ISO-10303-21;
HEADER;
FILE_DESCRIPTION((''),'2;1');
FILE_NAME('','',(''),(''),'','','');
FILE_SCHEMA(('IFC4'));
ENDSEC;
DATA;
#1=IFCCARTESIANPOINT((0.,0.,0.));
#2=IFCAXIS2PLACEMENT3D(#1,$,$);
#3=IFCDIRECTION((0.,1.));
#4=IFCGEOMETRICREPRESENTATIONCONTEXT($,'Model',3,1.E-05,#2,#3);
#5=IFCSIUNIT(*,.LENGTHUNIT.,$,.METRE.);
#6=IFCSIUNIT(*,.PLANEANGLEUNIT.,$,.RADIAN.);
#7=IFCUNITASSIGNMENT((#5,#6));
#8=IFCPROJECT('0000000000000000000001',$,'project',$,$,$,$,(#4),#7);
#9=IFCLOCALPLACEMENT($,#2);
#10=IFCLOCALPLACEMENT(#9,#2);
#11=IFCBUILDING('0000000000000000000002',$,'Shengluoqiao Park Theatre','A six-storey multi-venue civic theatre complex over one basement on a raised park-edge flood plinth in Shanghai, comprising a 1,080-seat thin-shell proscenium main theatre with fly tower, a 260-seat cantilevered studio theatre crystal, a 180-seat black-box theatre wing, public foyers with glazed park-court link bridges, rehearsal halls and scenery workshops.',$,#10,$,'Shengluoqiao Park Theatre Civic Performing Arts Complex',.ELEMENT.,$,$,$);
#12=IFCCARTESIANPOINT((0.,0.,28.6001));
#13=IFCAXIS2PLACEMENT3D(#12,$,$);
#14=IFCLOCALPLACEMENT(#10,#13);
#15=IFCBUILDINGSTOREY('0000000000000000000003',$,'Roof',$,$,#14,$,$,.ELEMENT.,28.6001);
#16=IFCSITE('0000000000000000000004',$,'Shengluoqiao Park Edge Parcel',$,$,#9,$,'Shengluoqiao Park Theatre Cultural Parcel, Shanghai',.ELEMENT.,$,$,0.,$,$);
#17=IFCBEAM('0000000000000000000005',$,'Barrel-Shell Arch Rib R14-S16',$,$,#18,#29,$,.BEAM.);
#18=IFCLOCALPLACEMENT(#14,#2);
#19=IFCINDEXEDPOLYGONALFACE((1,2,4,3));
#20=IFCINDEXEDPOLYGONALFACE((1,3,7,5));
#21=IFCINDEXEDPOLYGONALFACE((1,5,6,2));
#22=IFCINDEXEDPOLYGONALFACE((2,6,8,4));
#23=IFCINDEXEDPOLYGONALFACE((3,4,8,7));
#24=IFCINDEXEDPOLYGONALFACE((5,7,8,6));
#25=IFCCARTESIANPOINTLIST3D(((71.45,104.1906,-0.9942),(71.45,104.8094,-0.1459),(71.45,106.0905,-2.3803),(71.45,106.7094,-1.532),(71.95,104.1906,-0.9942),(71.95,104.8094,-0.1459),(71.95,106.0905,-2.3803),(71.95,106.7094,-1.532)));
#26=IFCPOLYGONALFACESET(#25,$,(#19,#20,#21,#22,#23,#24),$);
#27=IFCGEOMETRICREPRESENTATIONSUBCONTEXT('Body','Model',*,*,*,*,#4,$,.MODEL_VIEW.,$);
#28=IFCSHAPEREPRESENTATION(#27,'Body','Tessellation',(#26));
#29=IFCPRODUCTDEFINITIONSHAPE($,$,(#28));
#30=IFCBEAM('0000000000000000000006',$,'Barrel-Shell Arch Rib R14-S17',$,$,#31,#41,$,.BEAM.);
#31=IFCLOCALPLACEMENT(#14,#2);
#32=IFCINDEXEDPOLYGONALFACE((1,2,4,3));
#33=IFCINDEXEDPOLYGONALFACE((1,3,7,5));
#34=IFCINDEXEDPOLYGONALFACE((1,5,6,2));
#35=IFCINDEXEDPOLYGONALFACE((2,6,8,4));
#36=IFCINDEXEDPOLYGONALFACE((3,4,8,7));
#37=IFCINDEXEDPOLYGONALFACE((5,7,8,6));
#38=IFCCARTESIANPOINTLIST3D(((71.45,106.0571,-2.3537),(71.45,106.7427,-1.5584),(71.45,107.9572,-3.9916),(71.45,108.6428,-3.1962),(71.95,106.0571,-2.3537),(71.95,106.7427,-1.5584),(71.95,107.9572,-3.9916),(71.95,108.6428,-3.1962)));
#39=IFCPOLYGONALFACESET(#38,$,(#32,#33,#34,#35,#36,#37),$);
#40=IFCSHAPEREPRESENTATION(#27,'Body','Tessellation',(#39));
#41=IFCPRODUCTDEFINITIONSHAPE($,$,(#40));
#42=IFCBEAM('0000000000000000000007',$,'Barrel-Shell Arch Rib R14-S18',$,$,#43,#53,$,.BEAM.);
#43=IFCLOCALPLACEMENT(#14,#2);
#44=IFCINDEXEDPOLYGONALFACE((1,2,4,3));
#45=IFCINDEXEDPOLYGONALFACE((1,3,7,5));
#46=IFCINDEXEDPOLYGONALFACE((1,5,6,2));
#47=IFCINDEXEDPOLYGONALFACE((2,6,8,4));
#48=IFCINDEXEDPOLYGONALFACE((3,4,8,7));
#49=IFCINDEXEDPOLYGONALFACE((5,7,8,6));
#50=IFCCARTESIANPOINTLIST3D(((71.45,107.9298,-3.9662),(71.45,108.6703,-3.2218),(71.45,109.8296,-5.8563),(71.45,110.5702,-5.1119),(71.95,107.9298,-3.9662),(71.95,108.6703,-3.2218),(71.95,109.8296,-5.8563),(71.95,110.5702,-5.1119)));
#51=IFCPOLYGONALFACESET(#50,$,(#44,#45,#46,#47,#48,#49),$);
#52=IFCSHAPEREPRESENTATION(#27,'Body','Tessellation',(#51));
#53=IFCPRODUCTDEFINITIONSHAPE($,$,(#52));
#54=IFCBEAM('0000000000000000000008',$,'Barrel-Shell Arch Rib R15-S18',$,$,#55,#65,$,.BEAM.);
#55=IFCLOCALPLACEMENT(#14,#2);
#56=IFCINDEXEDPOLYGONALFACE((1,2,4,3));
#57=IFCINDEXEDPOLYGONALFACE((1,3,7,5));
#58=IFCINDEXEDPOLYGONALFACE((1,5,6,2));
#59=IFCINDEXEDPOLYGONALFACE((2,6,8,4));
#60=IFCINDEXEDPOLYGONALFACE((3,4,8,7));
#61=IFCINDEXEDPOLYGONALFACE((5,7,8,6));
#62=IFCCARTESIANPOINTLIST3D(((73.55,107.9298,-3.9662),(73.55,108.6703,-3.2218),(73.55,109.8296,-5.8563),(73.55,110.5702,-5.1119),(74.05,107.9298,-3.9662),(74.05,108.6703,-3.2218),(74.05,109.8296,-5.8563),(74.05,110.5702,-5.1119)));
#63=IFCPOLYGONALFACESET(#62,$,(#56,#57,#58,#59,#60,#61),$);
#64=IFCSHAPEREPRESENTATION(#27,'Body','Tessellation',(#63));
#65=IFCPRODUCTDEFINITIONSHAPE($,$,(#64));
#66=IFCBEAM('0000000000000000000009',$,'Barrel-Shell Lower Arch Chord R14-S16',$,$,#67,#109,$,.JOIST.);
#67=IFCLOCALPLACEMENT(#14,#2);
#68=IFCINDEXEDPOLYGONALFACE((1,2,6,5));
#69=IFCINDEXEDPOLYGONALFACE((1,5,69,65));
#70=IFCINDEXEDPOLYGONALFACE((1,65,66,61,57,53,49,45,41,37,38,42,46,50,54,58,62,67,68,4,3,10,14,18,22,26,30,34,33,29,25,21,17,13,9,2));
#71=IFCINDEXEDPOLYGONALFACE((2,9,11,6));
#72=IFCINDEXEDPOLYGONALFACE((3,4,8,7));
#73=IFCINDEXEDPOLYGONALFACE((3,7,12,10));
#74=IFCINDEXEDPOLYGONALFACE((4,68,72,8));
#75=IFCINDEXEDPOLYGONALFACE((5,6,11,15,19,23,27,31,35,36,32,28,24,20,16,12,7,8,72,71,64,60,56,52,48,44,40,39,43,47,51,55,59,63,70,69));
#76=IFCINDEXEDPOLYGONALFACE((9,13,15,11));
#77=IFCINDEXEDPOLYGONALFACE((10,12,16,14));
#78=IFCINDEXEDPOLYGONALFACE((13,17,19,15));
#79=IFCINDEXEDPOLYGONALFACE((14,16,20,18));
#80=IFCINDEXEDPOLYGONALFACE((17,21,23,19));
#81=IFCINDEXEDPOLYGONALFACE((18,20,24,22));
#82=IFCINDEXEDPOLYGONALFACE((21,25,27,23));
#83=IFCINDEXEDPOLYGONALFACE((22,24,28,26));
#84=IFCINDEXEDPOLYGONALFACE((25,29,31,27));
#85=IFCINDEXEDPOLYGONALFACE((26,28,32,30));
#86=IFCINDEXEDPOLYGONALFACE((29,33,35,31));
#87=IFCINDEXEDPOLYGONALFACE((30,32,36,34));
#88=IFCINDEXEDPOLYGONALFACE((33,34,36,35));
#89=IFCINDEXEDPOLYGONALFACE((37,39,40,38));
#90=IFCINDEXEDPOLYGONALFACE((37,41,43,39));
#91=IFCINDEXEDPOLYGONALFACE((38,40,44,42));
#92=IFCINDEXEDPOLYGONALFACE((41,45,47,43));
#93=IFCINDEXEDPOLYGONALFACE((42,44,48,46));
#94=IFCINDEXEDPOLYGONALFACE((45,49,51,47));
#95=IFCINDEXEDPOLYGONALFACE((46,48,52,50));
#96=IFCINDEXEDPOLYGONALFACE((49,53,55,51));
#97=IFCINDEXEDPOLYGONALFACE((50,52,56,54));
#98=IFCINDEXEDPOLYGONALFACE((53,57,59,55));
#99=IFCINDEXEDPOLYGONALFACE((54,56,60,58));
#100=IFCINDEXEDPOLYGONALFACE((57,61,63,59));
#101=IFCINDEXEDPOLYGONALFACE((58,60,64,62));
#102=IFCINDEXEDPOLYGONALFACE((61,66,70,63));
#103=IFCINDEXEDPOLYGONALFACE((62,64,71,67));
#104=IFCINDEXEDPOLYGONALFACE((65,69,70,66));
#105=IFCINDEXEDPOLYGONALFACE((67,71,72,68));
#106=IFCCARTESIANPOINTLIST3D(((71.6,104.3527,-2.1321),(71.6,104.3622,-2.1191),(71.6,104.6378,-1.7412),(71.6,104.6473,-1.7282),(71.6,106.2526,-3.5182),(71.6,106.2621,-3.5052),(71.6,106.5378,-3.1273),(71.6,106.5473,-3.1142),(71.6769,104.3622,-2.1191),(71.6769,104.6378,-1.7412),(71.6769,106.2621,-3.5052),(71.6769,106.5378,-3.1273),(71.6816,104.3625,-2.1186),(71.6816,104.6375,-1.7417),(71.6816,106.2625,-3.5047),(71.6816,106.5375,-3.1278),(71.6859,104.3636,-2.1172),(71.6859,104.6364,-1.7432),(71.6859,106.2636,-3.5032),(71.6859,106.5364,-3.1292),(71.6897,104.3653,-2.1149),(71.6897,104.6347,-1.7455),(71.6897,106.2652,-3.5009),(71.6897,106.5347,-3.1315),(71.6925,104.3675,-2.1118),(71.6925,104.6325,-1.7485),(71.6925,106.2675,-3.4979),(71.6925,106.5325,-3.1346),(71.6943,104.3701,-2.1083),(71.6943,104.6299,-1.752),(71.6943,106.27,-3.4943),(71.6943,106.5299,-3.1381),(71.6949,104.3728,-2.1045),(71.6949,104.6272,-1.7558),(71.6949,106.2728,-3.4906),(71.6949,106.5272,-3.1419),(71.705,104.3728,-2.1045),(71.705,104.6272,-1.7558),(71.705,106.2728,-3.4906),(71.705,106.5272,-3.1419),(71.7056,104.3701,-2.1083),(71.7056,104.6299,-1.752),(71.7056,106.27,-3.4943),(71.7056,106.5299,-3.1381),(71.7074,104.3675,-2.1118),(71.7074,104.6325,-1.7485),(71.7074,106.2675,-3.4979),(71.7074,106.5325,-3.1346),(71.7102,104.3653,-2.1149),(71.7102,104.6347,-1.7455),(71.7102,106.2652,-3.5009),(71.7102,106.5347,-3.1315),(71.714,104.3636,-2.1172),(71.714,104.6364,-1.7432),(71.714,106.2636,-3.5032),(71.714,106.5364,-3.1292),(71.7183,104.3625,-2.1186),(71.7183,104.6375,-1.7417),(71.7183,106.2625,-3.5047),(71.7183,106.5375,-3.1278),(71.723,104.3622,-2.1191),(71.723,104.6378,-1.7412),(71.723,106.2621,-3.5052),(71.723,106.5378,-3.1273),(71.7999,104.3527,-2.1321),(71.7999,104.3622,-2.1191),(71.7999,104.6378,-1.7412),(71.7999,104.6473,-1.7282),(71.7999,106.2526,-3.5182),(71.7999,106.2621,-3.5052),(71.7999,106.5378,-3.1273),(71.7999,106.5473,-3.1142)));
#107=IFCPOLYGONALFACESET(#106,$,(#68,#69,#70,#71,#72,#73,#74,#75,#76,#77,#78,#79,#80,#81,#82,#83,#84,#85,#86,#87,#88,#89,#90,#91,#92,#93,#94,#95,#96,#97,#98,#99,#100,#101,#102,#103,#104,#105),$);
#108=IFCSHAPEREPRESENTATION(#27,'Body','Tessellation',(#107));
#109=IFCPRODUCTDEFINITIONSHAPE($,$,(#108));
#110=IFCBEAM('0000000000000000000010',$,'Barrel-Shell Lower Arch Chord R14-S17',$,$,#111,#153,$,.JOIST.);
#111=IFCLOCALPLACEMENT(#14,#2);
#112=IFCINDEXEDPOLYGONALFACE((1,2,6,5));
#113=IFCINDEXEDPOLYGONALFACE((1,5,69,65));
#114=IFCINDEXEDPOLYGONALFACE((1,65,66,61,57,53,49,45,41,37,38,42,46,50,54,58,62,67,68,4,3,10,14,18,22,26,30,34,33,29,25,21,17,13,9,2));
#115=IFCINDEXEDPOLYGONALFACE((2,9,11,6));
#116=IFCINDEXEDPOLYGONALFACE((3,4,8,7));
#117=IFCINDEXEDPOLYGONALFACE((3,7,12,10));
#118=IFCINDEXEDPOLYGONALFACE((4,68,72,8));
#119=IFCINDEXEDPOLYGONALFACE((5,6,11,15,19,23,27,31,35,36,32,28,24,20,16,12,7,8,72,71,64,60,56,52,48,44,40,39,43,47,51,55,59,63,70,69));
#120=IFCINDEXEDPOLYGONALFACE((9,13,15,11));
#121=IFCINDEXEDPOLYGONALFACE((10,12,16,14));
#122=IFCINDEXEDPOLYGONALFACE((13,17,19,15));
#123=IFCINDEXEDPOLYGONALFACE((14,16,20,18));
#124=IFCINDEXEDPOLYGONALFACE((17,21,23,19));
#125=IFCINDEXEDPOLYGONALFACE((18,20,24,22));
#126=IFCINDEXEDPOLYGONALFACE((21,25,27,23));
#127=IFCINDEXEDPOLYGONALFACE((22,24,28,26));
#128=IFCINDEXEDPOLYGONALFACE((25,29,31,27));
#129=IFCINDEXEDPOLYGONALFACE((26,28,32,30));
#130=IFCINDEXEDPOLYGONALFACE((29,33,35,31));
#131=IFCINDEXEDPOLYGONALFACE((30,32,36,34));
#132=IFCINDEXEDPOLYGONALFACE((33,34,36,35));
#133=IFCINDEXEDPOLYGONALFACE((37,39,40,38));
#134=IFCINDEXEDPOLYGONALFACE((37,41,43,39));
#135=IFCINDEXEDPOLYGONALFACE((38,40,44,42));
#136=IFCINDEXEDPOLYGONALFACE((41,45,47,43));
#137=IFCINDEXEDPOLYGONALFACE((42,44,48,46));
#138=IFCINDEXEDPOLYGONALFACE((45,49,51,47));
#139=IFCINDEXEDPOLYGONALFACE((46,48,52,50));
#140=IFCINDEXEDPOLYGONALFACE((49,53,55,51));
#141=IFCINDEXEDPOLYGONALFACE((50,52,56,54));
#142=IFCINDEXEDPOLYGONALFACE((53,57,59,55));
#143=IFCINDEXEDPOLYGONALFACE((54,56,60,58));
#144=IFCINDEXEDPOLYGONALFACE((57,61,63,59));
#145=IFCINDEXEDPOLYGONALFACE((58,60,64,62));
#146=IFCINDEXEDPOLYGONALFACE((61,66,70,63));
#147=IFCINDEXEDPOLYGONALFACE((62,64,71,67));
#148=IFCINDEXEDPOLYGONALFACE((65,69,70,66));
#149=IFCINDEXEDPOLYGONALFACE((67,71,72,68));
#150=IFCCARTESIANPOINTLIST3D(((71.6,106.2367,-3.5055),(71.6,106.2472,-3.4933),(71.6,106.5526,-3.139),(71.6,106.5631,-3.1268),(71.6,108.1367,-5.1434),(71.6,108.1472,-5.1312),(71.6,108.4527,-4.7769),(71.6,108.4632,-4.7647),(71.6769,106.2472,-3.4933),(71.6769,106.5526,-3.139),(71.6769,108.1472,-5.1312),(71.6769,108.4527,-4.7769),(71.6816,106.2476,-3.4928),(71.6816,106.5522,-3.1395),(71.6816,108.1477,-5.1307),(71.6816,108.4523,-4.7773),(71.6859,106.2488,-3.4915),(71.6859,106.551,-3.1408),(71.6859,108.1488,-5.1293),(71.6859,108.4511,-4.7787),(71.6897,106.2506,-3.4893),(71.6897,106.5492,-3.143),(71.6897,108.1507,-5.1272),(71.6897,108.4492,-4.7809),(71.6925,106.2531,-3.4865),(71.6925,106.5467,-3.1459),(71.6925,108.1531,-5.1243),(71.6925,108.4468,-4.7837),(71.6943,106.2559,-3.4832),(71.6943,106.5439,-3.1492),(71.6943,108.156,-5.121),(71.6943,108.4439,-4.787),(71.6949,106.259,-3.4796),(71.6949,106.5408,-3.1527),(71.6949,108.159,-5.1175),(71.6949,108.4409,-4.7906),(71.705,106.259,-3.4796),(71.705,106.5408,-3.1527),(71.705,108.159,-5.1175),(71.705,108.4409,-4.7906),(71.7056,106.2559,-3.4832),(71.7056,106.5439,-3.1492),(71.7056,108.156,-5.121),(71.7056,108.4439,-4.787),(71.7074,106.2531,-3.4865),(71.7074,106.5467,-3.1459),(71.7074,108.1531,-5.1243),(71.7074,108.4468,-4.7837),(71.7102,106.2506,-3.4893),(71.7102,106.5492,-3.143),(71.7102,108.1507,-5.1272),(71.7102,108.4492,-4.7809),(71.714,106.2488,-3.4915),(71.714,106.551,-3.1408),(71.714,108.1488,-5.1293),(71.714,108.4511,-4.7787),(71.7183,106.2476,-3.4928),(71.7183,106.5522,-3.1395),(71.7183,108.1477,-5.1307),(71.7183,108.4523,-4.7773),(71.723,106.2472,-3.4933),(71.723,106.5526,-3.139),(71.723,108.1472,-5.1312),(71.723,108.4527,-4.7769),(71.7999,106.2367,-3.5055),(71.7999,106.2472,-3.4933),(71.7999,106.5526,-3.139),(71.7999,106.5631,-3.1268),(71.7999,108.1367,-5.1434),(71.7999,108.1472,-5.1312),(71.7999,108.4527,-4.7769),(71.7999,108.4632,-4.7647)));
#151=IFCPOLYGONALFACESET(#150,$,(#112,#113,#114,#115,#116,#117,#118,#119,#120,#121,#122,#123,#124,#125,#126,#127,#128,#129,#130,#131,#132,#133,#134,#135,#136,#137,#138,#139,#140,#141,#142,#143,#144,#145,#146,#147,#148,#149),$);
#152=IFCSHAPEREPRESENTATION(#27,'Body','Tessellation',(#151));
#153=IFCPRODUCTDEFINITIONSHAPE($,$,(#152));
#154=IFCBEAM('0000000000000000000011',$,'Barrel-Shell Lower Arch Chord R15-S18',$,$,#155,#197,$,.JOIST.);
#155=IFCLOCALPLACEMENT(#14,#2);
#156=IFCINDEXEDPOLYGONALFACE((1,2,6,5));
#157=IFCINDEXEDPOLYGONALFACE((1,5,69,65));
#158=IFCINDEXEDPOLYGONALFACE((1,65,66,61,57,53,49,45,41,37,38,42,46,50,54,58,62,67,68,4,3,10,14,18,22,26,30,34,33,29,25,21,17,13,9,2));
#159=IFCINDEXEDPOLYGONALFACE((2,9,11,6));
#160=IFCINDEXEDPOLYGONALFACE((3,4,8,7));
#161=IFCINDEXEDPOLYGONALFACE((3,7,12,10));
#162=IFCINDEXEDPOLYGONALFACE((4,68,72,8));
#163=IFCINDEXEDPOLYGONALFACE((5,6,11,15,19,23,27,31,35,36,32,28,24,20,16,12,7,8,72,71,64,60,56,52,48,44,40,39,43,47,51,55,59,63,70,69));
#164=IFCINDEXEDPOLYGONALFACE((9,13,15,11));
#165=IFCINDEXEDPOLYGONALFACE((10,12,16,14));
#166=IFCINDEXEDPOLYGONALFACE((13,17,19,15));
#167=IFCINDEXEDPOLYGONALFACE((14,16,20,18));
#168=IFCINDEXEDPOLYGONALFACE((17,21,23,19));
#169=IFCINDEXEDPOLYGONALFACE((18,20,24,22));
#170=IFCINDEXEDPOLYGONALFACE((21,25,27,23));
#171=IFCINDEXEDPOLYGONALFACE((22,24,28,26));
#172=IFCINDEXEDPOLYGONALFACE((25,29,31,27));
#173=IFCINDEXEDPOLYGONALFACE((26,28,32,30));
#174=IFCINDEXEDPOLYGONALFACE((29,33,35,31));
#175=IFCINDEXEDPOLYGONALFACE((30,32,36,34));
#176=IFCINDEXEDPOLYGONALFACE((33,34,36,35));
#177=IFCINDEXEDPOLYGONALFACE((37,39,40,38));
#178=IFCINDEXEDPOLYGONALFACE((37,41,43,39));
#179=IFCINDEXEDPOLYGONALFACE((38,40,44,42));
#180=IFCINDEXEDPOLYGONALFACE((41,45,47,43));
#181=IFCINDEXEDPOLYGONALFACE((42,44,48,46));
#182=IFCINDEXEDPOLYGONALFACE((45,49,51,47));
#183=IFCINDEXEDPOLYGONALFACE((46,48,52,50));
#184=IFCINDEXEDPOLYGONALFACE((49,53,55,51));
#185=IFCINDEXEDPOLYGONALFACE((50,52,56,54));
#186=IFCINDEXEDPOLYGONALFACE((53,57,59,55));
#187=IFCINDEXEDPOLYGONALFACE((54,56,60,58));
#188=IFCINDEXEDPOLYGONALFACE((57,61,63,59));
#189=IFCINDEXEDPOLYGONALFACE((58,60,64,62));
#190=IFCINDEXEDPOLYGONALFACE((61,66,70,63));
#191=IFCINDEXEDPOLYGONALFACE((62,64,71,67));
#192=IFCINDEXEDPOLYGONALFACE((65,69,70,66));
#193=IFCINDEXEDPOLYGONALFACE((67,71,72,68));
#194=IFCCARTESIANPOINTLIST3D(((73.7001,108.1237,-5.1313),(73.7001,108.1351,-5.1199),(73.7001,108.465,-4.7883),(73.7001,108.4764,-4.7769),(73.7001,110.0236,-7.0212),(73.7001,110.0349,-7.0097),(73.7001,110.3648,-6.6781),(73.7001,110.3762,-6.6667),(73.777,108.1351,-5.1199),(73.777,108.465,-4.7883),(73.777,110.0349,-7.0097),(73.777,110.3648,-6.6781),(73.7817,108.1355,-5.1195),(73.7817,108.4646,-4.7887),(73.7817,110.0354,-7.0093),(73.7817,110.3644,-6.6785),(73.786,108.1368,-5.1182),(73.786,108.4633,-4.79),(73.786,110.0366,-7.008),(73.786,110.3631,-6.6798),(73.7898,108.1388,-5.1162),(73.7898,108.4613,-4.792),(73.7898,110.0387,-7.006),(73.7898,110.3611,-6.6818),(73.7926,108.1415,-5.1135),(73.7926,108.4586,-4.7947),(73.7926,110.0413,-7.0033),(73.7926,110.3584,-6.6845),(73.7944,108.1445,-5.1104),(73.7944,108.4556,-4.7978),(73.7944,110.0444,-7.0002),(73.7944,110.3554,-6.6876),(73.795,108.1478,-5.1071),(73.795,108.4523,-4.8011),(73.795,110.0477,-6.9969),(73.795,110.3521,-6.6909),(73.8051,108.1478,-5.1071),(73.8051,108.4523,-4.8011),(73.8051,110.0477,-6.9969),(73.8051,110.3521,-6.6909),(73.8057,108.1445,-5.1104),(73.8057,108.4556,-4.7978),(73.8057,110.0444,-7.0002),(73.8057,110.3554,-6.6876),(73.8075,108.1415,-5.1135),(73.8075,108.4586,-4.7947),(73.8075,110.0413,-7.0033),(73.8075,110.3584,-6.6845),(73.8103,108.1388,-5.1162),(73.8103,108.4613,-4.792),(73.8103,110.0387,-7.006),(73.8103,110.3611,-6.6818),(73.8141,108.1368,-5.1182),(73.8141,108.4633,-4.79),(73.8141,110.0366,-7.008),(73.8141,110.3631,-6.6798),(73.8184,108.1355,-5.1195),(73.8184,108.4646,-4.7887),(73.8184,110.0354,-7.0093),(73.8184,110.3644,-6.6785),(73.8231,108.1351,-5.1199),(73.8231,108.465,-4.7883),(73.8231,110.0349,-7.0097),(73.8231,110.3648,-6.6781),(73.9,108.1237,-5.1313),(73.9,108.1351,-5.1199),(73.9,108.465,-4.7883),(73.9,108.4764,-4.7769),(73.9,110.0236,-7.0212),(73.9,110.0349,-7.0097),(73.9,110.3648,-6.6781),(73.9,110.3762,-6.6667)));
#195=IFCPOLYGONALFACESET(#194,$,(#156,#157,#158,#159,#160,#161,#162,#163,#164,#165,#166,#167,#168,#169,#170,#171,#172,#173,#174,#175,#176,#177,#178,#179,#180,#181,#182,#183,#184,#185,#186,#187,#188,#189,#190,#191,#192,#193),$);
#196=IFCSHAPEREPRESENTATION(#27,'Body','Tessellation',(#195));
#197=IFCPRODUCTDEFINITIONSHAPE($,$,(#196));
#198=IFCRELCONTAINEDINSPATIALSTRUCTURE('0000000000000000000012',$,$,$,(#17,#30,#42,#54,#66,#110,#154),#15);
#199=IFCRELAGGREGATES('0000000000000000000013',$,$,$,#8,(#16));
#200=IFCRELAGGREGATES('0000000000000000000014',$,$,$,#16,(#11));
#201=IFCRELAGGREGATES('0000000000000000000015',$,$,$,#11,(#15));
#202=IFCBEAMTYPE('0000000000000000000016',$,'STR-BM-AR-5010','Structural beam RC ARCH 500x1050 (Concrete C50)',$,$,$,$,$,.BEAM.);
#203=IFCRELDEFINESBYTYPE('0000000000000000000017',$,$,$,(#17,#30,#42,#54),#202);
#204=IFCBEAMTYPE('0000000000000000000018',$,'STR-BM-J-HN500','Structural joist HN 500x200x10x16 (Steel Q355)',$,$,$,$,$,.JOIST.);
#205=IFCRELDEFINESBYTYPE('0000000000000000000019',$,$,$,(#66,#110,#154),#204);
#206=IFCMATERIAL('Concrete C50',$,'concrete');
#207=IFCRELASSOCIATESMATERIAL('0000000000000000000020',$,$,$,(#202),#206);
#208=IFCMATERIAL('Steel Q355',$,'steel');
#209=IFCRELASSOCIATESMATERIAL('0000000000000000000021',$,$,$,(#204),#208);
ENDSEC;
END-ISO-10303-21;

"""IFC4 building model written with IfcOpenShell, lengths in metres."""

from ifc_helpers import new_model, si_unit, direction, frame, origin, origin_2d, place, context, subcontext, project, spatial, rectangle, i_section, extrude, material, material_profile, profile_set, type_object, element, save


model = new_model("IFC4")

# Units and contexts
model_context = context("Model", 3, precision=1e-05, world=origin(), true_north=direction((0.0, 1.0)))
body_context = subcontext(model_context, "Body", "Model", "MODEL_VIEW")
ifc_project = project(units=[si_unit("LENGTHUNIT", "METRE"), si_unit("PLANEANGLEUNIT", "RADIAN")], contexts=[model_context])

# Site, building, storey
site_placement = place(None, origin())
site = spatial("IfcSite", under=ifc_project, at=site_placement, Name="Shengluoqiao Park Edge Parcel", LongName="Shengluoqiao Park Theatre Cultural Parcel, Shanghai", CompositionType="ELEMENT", RefElevation=0.0)
building_placement = place(site_placement, origin())
building = spatial("IfcBuilding", under=site, at=building_placement, Name="Shengluoqiao Park Theatre", Description="A six-storey multi-venue civic theatre complex over one basement on a raised park-edge flood plinth in Shanghai, comprising a 1,080-seat thin-shell proscenium main theatre with fly tower, a 260-seat cantilevered studio theatre crystal, a 180-seat black-box theatre wing, public foyers with glazed park-court link bridges, rehearsal halls and scenery workshops.", LongName="Shengluoqiao Park Theatre Civic Performing Arts Complex", CompositionType="ELEMENT")
storey_placement = place(building_placement, frame((0.0, 0.0, 28.6001)))
storey = spatial("IfcBuildingStorey", under=building, at=storey_placement, Name="Roof", CompositionType="ELEMENT", Elevation=28.6001)

# Beams
ifc_material_1 = material(Name="Concrete C50", Category="concrete")
ifc_material_profile_1 = material_profile(ifc_material_1, rectangle(XDim=0.5, YDim=1.05, at=origin_2d()), Name="RC ARCH 500x1050")
ifc_profile_set_1 = profile_set([ifc_material_profile_1], Name="Concrete C50")
beam_type_1 = type_object("IfcBeamType", Name="STR-BM-AR-5010", Description="Structural beam RC ARCH 500x1050 (Concrete C50)", PredefinedType="BEAM", material=ifc_profile_set_1)
beam_1_placement = place(storey_placement, frame((71.7, 104.5, -0.5701), z_axis=(0.0, 0.807878, -0.58935), x_axis=(-1.0, 0.0, 0.0)))
element("IfcBeam", 1, at=beam_1_placement, inside=storey, type_object=beam_type_1, Name="Barrel-Shell Arch Rib R14-S16", PredefinedType="BEAM", context=body_context, shape_type="SweptSolid", body=[
    extrude(rectangle(XDim=0.5, YDim=1.05, at=origin_2d()), origin(), (0.0, 0.0, 1.0), 2.3518),
])
beam_2_placement = place(storey_placement, frame((71.7, 106.3999, -1.9561), z_axis=(0.0, 0.757433, -0.652913), x_axis=(-1.0, 0.0, 0.0)))
element("IfcBeam", 2, at=beam_2_placement, inside=storey, type_object=beam_type_1, Name="Barrel-Shell Arch Rib R14-S17", PredefinedType="BEAM", context=body_context, shape_type="SweptSolid", body=[
    extrude(rectangle(XDim=0.5, YDim=1.05, at=origin_2d()), origin(), (0.0, 0.0, 1.0), 2.5085),
])
for number, where, z_axis, x_axis, name in (
    (3, (71.7, 108.3, -3.594), (0.0, 0.708926, -0.705282), (-1.0, 0.0, 0.0), "Barrel-Shell Arch Rib R14-S18"),
    (4, (73.8, 108.3, -3.594), (0.0, 0.708926, -0.705282), (-1.0, 0.0, 0.0), "Barrel-Shell Arch Rib R15-S18"),
):
    element("IfcBeam", number, at=place(storey_placement, frame(where, z_axis=z_axis, x_axis=x_axis)), inside=storey, type_object=beam_type_1, Name=name, PredefinedType="BEAM", context=body_context, shape_type="SweptSolid", body=[
        extrude(rectangle(XDim=0.5, YDim=1.05, at=origin_2d()), origin(), (0.0, 0.0, 1.0), 2.6799),
    ])
ifc_material_2 = material(Name="Steel Q355", Category="steel")
ifc_material_profile_2 = material_profile(ifc_material_2, i_section(OverallWidth=0.2, OverallDepth=0.5, WebThickness=0.01, FlangeThickness=0.0161, FilletRadius=0.0181, at=origin_2d()), Name="HN 500x200x10x16")
ifc_profile_set_2 = profile_set([ifc_material_profile_2], Name="Steel Q355")
beam_type_2 = type_object("IfcBeamType", Name="STR-BM-J-HN500", Description="Structural joist HN 500x200x10x16 (Steel Q355)", PredefinedType="JOIST", material=ifc_profile_set_2)
beam_3_placement = place(storey_placement, frame((71.7, 104.5, -1.9302), z_axis=(0.0, 0.807878, -0.58935), x_axis=(-1.0, 0.0, 0.0)))
element("IfcBeam", 5, at=beam_3_placement, inside=storey, type_object=beam_type_2, Name="Barrel-Shell Lower Arch Chord R14-S16", PredefinedType="JOIST", context=body_context, shape_type="SweptSolid", body=[
    extrude(i_section(OverallWidth=0.2, OverallDepth=0.5, WebThickness=0.01, FlangeThickness=0.0161, FilletRadius=0.0181, at=origin_2d()), origin(), (0.0, 0.0, 1.0), 2.3518),
])
beam_4_placement = place(storey_placement, frame((71.7, 106.3999, -3.3162), z_axis=(0.0, 0.757433, -0.652913), x_axis=(-1.0, 0.0, 0.0)))
element("IfcBeam", 6, at=beam_4_placement, inside=storey, type_object=beam_type_2, Name="Barrel-Shell Lower Arch Chord R14-S17", PredefinedType="JOIST", context=body_context, shape_type="SweptSolid", body=[
    extrude(i_section(OverallWidth=0.2, OverallDepth=0.5, WebThickness=0.01, FlangeThickness=0.0161, FilletRadius=0.0181, at=origin_2d()), origin(), (0.0, 0.0, 1.0), 2.5085),
])
beam_5_placement = place(storey_placement, frame((73.8, 108.3, -4.9541), z_axis=(0.0, 0.708972, -0.705237), x_axis=(-1.0, 0.0, 0.0)))
element("IfcBeam", 7, at=beam_5_placement, inside=storey, type_object=beam_type_2, Name="Barrel-Shell Lower Arch Chord R15-S18", PredefinedType="JOIST", context=body_context, shape_type="SweptSolid", body=[
    extrude(i_section(OverallWidth=0.2, OverallDepth=0.5, WebThickness=0.01, FlangeThickness=0.0161, FilletRadius=0.0181, at=origin_2d()), origin(), (0.0, 0.0, 1.0), 2.6797),
])

save(model, "model.ifc")
